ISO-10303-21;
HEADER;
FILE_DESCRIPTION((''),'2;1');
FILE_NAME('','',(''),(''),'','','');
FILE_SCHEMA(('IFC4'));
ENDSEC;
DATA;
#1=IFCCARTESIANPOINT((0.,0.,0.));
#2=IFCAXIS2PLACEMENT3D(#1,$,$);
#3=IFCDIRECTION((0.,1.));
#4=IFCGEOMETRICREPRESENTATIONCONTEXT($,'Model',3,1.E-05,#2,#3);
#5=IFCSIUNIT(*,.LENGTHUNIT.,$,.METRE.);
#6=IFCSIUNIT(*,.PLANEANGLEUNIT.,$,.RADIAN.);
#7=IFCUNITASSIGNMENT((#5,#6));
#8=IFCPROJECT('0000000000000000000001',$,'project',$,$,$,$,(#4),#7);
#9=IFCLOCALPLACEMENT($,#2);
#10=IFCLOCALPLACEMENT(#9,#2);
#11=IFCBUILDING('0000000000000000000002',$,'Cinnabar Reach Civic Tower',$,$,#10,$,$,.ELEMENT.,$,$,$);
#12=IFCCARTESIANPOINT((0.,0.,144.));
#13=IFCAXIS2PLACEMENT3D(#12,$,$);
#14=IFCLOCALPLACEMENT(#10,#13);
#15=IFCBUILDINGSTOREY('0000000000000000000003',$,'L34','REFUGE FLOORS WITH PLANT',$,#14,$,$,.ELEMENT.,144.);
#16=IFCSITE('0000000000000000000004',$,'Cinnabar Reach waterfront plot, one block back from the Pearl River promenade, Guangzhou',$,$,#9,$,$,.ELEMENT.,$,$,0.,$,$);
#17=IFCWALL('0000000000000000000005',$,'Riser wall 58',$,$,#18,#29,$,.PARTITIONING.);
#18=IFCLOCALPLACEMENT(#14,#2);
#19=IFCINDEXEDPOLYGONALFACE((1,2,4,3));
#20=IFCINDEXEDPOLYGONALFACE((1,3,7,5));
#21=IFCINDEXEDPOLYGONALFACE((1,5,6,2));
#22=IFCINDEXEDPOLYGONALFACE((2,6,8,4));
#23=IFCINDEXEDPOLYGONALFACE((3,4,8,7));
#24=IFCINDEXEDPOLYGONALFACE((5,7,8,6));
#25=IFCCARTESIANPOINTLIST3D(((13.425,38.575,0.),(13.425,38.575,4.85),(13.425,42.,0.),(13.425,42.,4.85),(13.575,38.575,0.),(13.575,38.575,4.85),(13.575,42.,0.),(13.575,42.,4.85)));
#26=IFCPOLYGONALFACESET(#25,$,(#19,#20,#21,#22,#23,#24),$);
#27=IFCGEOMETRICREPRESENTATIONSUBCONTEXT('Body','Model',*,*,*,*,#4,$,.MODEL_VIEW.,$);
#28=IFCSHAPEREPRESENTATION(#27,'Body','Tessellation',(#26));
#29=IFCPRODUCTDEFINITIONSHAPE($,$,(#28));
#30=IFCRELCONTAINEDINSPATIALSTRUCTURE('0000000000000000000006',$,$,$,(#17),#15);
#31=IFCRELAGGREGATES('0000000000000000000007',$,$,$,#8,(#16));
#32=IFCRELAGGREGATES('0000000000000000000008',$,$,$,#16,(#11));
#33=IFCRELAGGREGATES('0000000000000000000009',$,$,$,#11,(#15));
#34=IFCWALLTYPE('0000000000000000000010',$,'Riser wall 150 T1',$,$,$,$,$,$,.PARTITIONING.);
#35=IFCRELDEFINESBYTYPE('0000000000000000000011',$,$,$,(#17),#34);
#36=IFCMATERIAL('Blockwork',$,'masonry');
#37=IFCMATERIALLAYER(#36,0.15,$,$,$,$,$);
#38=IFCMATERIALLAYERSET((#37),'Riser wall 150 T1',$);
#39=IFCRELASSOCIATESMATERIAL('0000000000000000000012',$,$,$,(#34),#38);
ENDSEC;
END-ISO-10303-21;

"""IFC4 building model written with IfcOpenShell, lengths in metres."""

from ifc_helpers import new_model, si_unit, direction, frame, frame_2d, origin, place, context, subcontext, project, spatial, rectangle, extrude, material, layer, layer_set, type_object, element, save


model = new_model("IFC4")

# Units and contexts
model_context = context("Model", 3, precision=1e-05, world=origin(), true_north=direction((0.0, 1.0)))
body_context = subcontext(model_context, "Body", "Model", "MODEL_VIEW")
ifc_project = project(units=[si_unit("LENGTHUNIT", "METRE"), si_unit("PLANEANGLEUNIT", "RADIAN")], contexts=[model_context])

# Site, building, storey
site_placement = place(None, origin())
site = spatial("IfcSite", under=ifc_project, at=site_placement, Name="Cinnabar Reach waterfront plot, one block back from the Pearl River promenade, Guangzhou", CompositionType="ELEMENT", RefElevation=0.0)
building_placement = place(site_placement, origin())
building = spatial("IfcBuilding", under=site, at=building_placement, Name="Cinnabar Reach Civic Tower", CompositionType="ELEMENT")
storey_placement = place(building_placement, frame((0.0, 0.0, 144.0)))
storey = spatial("IfcBuildingStorey", under=building, at=storey_placement, Name="L34", Description="REFUGE FLOORS WITH PLANT", CompositionType="ELEMENT", Elevation=144.0)

# Shared definitions
ifc_material_1 = material(Name="Blockwork", Category="masonry")

# Wall
ifc_layer_1 = layer(ifc_material_1, 0.15)
ifc_layer_set_1 = layer_set([ifc_layer_1], Name="Riser wall 150 T1")
wall_type_1 = type_object("IfcWallType", Name="Riser wall 150 T1", PredefinedType="PARTITIONING", material=ifc_layer_set_1)
wall_1_placement = place(storey_placement, frame((13.5, 38.575, 0.0), z_axis=(0.0, 0.0, 1.0), x_axis=(0.0, 1.0, 0.0)))
element("IfcWall", 1, at=wall_1_placement, inside=storey, type_object=wall_type_1, Name="Riser wall 58", PredefinedType="PARTITIONING", context=body_context, shape_type="SweptSolid", body=[
    extrude(rectangle(XDim=3.425, YDim=0.15, at=frame_2d((1.7125, 0.0))), origin(), (0.0, 0.0, 1.0), 4.85),
])

save(model, "model.ifc")
